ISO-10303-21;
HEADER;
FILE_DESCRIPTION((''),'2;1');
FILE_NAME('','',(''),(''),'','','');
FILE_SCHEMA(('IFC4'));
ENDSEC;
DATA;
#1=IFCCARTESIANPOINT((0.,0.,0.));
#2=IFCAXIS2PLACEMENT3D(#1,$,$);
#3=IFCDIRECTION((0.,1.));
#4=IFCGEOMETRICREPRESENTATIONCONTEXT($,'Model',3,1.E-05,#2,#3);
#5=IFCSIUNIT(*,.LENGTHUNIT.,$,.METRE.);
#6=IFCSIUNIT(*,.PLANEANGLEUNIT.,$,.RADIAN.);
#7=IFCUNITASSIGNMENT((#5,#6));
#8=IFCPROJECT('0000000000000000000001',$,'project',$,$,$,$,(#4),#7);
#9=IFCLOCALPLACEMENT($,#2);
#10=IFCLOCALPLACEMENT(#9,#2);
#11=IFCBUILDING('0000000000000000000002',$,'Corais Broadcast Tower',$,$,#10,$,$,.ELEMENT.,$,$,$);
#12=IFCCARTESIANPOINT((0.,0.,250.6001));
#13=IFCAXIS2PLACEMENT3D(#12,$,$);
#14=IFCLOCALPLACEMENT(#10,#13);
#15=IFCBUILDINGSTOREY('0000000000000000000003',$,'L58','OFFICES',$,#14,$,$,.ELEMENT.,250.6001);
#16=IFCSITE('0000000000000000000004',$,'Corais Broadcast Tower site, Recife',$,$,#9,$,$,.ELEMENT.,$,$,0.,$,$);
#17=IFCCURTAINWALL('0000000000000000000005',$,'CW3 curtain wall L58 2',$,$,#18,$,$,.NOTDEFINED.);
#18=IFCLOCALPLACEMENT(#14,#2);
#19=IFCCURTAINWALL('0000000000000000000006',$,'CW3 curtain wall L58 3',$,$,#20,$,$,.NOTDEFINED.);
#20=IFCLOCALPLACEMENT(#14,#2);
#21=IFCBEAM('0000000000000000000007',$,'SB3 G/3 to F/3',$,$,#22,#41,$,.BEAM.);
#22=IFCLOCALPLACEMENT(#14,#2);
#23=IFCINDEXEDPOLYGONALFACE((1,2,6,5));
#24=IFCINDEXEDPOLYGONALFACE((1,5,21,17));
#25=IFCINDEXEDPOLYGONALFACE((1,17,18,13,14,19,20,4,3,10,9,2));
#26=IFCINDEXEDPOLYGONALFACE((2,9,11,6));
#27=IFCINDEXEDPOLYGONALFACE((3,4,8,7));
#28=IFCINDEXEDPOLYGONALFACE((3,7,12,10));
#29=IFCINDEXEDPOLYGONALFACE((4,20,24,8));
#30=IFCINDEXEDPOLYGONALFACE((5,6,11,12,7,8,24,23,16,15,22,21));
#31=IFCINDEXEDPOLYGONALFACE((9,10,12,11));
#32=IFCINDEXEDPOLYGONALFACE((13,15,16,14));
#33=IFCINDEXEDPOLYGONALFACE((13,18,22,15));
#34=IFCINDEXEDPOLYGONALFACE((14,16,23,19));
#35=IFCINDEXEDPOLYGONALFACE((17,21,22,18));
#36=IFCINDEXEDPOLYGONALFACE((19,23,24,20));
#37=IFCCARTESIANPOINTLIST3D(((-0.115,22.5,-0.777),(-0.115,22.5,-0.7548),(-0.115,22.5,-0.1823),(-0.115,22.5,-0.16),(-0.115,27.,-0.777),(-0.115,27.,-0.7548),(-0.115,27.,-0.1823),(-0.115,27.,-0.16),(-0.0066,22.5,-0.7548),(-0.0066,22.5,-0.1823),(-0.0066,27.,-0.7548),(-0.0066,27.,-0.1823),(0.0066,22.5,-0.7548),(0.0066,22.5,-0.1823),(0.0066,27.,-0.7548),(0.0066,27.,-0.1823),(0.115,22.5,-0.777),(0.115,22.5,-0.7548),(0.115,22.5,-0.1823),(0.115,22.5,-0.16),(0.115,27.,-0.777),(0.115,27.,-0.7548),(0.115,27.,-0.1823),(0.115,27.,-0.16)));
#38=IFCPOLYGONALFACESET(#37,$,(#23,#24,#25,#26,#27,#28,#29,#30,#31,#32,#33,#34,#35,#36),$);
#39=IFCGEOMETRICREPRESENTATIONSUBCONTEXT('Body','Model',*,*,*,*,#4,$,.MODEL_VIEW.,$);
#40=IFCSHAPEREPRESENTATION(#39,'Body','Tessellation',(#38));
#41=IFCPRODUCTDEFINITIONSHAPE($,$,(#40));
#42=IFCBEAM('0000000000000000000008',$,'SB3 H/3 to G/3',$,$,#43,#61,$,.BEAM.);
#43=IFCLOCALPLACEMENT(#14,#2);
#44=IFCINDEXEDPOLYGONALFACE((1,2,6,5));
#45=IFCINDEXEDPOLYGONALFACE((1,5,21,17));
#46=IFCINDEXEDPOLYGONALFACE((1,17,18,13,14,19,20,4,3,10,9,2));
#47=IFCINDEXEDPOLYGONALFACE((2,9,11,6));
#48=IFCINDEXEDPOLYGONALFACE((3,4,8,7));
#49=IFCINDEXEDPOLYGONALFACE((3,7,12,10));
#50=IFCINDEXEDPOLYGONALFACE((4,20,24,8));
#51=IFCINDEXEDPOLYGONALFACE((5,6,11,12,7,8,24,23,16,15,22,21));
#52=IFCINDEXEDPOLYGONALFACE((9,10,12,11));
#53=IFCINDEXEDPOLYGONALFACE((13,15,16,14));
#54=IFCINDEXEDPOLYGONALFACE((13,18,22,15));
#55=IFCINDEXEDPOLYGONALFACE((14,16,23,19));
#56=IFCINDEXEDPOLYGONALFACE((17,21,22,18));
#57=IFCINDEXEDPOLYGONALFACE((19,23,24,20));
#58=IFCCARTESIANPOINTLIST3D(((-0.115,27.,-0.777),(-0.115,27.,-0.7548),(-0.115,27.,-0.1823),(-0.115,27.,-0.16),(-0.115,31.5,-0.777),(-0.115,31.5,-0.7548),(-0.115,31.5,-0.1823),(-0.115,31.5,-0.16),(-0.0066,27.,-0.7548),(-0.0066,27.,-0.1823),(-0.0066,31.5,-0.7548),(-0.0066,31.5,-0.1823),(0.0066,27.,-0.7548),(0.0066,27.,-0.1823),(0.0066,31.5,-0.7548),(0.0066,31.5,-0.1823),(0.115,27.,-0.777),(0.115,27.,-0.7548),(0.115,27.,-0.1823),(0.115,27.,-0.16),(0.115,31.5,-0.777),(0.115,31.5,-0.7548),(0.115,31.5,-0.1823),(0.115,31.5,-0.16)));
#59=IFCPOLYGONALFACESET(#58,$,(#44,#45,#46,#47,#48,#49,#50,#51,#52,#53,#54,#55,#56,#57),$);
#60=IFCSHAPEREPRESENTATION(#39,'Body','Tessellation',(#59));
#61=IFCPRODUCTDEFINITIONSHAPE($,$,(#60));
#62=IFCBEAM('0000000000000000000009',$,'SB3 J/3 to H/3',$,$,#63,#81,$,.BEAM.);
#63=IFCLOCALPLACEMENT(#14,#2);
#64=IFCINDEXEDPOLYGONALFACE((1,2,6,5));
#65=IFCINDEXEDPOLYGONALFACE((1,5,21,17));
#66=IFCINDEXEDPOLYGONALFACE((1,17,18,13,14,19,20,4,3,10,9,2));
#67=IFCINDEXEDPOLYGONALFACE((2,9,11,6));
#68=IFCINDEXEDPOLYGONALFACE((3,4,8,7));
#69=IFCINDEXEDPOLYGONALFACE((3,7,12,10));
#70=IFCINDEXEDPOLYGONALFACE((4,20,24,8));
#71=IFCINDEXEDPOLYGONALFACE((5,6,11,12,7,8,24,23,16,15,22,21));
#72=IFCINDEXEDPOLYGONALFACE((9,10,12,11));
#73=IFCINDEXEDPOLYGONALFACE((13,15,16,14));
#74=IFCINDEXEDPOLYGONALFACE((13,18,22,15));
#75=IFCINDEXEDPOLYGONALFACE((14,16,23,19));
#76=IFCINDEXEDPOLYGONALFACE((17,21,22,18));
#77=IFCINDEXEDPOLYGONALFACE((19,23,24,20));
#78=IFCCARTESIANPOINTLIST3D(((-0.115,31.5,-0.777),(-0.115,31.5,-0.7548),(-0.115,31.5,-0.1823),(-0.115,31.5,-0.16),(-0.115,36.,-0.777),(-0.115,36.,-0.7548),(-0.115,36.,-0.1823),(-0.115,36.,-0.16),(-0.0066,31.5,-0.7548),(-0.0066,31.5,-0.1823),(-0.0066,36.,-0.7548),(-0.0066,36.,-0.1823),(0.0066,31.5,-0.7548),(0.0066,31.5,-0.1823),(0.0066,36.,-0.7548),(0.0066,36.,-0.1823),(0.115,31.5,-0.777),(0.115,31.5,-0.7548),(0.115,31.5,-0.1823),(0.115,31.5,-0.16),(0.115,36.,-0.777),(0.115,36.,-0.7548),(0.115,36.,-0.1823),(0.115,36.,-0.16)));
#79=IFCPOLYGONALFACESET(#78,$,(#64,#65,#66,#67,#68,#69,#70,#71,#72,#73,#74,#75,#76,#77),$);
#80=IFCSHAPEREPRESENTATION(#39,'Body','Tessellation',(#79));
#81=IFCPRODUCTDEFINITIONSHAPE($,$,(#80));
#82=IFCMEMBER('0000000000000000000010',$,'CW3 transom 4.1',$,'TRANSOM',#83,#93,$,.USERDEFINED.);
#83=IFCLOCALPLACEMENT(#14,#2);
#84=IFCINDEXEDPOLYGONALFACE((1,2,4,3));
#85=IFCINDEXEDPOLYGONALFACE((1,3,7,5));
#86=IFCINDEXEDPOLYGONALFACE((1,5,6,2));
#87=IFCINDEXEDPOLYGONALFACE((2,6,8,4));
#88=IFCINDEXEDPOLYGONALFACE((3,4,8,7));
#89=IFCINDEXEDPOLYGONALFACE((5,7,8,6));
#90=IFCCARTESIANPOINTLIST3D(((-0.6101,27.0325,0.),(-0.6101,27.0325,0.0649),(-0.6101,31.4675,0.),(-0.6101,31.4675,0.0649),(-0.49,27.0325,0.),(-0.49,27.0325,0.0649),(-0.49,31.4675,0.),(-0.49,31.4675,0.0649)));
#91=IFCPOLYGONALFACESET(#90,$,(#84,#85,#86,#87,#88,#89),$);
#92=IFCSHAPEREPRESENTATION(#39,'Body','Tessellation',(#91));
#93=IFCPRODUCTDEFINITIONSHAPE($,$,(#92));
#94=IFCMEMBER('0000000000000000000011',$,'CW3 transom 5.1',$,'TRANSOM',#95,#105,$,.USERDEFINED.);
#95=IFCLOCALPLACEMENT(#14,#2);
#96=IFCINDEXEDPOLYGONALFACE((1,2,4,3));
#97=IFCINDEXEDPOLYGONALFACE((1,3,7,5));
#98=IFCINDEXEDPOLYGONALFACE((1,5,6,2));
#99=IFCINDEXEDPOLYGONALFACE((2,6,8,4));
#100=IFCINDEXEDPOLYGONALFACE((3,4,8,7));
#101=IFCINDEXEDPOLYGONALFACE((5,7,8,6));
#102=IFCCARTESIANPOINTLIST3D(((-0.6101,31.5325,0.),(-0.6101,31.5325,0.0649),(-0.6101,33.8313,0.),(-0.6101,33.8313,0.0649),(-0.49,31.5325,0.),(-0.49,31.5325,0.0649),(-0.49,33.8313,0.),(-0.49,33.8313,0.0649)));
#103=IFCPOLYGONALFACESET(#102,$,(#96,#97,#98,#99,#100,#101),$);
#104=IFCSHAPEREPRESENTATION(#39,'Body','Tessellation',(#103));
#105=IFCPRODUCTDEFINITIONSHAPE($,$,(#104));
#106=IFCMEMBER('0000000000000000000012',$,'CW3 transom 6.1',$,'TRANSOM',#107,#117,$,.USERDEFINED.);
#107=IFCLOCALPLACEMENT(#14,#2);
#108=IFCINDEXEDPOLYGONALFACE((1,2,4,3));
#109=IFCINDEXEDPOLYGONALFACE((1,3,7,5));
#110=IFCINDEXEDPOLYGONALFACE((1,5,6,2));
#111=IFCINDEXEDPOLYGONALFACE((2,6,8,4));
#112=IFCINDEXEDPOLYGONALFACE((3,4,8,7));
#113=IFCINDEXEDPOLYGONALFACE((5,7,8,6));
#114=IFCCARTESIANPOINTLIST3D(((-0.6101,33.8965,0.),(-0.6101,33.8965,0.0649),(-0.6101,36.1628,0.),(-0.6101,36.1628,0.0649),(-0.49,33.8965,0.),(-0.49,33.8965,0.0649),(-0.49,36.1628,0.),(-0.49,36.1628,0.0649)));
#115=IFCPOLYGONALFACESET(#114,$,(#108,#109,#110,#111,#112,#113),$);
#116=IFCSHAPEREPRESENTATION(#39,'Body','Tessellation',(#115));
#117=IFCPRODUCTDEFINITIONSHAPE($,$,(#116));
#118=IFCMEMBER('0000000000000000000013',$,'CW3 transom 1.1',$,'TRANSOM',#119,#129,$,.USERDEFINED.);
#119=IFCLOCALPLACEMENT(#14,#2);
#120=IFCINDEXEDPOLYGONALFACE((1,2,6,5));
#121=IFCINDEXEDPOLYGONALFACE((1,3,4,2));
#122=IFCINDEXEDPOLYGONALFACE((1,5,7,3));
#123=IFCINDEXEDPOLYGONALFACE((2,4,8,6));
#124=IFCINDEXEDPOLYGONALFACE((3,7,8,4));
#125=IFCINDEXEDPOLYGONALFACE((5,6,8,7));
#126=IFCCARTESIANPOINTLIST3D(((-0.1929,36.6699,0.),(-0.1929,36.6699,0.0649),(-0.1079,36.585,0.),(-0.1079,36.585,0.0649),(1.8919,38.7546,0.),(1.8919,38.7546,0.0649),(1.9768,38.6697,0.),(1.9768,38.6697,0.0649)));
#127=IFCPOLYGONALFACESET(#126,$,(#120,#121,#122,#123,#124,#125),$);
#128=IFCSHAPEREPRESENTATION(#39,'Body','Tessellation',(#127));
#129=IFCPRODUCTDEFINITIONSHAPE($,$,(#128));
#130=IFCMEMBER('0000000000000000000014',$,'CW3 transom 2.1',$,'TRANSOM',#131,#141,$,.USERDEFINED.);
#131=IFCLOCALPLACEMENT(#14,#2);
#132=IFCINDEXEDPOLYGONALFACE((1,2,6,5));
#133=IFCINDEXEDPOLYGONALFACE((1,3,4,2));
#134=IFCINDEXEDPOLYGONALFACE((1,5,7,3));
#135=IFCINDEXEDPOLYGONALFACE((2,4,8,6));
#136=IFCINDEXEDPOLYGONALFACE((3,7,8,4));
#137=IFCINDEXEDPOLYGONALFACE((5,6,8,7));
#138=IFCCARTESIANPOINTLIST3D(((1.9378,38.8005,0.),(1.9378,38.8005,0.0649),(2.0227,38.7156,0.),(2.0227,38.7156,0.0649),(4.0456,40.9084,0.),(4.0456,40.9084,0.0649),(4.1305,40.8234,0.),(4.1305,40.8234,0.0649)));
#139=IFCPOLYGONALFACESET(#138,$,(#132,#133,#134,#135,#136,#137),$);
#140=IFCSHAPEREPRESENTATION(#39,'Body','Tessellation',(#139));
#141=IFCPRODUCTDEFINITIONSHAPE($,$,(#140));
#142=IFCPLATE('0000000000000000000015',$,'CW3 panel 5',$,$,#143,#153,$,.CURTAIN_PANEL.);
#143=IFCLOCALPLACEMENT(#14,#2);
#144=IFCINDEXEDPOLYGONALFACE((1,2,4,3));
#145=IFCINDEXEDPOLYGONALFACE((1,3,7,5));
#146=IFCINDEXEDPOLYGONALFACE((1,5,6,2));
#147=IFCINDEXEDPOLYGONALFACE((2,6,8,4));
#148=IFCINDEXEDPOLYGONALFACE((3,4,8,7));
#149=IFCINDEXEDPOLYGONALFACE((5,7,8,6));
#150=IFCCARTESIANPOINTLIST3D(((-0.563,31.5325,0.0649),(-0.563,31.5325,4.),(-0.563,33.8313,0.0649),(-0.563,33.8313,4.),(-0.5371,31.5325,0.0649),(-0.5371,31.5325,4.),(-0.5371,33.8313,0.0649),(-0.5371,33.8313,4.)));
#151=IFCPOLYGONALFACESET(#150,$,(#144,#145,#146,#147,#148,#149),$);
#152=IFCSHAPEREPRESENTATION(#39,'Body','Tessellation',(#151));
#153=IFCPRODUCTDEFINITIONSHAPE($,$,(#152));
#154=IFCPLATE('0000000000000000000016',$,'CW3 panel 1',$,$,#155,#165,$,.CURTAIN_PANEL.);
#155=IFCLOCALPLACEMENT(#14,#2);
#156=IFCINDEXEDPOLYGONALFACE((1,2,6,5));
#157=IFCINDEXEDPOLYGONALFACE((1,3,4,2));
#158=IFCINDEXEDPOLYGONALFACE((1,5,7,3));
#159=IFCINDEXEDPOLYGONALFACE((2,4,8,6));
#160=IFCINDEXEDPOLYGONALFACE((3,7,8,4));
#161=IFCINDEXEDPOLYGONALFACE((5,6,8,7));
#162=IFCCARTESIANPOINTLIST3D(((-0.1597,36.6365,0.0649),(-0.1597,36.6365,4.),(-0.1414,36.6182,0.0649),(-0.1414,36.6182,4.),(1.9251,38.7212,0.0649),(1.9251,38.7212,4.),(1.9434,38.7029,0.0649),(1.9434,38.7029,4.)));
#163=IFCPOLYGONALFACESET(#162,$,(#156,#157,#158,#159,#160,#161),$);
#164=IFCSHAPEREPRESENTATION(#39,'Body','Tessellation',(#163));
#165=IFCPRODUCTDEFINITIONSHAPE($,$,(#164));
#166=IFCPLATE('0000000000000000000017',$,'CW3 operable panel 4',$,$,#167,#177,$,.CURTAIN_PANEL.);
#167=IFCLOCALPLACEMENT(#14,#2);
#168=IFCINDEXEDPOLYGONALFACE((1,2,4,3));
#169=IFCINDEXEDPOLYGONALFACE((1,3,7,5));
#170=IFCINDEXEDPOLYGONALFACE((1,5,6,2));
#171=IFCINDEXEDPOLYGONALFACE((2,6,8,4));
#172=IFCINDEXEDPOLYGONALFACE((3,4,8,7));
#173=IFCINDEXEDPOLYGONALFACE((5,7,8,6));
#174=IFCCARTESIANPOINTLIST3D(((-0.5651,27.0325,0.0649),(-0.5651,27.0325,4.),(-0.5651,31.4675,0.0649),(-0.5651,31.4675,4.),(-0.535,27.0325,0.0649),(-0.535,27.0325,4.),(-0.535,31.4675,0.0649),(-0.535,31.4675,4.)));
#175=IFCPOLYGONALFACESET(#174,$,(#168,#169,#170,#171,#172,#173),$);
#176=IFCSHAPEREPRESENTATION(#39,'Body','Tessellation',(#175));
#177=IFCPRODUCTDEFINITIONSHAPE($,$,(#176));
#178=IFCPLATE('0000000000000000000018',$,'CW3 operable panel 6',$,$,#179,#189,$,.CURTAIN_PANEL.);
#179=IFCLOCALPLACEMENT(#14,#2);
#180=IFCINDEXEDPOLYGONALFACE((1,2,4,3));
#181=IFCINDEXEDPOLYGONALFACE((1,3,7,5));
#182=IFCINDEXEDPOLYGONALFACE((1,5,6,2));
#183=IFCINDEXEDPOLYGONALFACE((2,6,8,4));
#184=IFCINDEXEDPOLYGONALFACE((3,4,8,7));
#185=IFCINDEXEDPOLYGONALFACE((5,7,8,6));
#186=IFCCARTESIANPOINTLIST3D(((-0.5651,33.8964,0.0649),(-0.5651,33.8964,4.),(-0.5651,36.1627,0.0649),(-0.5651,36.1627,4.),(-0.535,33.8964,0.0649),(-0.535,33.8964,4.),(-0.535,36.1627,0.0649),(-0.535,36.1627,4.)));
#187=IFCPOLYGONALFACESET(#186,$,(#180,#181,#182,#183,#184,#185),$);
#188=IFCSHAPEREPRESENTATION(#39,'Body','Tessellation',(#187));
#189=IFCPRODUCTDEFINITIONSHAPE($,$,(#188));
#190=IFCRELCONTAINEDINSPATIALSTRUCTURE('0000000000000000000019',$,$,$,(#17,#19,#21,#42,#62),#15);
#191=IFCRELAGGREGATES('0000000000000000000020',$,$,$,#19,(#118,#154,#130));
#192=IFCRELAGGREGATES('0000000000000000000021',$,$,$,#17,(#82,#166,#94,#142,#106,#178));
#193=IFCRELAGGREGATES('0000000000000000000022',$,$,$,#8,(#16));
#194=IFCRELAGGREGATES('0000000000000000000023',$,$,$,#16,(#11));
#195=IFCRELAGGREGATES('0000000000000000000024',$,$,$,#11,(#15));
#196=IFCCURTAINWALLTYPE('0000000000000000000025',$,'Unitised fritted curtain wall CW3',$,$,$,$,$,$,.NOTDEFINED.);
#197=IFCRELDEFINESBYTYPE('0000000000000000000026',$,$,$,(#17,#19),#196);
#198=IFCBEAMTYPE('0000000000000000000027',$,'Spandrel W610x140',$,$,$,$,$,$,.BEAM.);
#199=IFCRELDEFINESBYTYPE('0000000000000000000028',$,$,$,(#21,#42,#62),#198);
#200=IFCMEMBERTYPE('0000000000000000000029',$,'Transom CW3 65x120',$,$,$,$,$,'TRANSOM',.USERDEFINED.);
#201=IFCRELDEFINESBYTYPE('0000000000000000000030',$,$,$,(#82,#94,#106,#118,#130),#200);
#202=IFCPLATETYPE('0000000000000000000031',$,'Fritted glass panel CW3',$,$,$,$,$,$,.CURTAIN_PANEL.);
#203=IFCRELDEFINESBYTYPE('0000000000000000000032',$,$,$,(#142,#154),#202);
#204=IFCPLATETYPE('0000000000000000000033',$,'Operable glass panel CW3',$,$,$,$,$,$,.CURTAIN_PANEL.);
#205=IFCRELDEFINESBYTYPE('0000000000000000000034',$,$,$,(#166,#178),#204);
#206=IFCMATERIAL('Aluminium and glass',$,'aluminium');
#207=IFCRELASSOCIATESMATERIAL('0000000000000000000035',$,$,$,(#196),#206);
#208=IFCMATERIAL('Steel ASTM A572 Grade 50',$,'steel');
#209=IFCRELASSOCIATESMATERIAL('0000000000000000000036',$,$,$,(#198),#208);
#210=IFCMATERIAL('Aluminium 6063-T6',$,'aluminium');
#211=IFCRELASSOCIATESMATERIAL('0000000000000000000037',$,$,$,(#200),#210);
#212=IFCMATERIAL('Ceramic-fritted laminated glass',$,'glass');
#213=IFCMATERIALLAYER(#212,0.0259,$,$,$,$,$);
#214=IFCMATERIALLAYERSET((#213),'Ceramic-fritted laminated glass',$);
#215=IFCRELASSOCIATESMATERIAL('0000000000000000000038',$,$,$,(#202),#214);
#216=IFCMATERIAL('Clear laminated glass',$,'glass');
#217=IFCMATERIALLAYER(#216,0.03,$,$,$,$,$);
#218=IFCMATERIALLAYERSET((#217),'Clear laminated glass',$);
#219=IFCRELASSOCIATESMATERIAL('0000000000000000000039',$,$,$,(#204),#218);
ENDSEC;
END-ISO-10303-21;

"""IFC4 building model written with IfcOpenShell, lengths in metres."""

from ifc_helpers import new_model, si_unit, direction, frame, origin, origin_2d, place, context, subcontext, project, spatial, rectangle, i_section, extrude, material, layer, layer_set, material_profile, profile_set, type_object, element, aggregate, save


model = new_model("IFC4")

# Units and contexts
model_context = context("Model", 3, precision=1e-05, world=origin(), true_north=direction((0.0, 1.0)))
body_context = subcontext(model_context, "Body", "Model", "MODEL_VIEW")
ifc_project = project(units=[si_unit("LENGTHUNIT", "METRE"), si_unit("PLANEANGLEUNIT", "RADIAN")], contexts=[model_context])

# Site, building, storey
site_placement = place(None, origin())
site = spatial("IfcSite", under=ifc_project, at=site_placement, Name="Corais Broadcast Tower site, Recife", CompositionType="ELEMENT", RefElevation=0.0)
building_placement = place(site_placement, origin())
building = spatial("IfcBuilding", under=site, at=building_placement, Name="Corais Broadcast Tower", CompositionType="ELEMENT")
storey_placement = place(building_placement, frame((0.0, 0.0, 250.6001)))
storey = spatial("IfcBuildingStorey", under=building, at=storey_placement, Name="L58", Description="OFFICES", CompositionType="ELEMENT", Elevation=250.6001)

# Curtain walls
ifc_material_1 = material(Name="Aluminium and glass", Category="aluminium")
curtain_wall_type = type_object("IfcCurtainWallType", Name="Unitised fritted curtain wall CW3", PredefinedType="NOTDEFINED", material=ifc_material_1)
curtain_wall_1_placement = place(storey_placement, origin())
curtain_wall_1 = element("IfcCurtainWall", 1, at=curtain_wall_1_placement, inside=storey, type_object=curtain_wall_type, Name="CW3 curtain wall L58 2", PredefinedType="NOTDEFINED")
curtain_wall_2_placement = place(storey_placement, origin())
curtain_wall_2 = element("IfcCurtainWall", 2, at=curtain_wall_2_placement, inside=storey, type_object=curtain_wall_type, Name="CW3 curtain wall L58 3", PredefinedType="NOTDEFINED")

# Beams
ifc_material_2 = material(Name="Steel ASTM A572 Grade 50", Category="steel")
ifc_material_profile_1 = material_profile(ifc_material_2, i_section(OverallWidth=0.23, OverallDepth=0.6169, WebThickness=0.0132, FlangeThickness=0.0222, at=origin_2d()), Name="W610x140")
ifc_profile_set_1 = profile_set([ifc_material_profile_1], Name="Steel ASTM A572 Grade 50")
beam_type_1 = type_object("IfcBeamType", Name="Spandrel W610x140", PredefinedType="BEAM", material=ifc_profile_set_1)
for number, where, z_axis, x_axis, name in (
    (3, (0.0, 27.0, -0.4685), (0.0, -1.0, 0.0), (1.0, 0.0, 0.0), "SB3 G/3 to F/3"),
    (4, (0.0, 31.5, -0.4685), (0.0, -1.0, 0.0), (1.0, 0.0, 0.0), "SB3 H/3 to G/3"),
    (5, (0.0, 36.0, -0.4685), (0.0, -1.0, 0.0), (1.0, 0.0, 0.0), "SB3 J/3 to H/3"),
):
    element("IfcBeam", number, at=place(storey_placement, frame(where, z_axis=z_axis, x_axis=x_axis)), inside=storey, type_object=beam_type_1, Name=name, PredefinedType="BEAM", context=body_context, shape_type="SweptSolid", body=[
        extrude(i_section(OverallWidth=0.23, OverallDepth=0.6169, WebThickness=0.0132, FlangeThickness=0.0222, at=origin_2d()), origin(), (0.0, 0.0, 1.0), 4.5),
    ])

# Members
ifc_material_3 = material(Name="Aluminium 6063-T6", Category="aluminium")
ifc_material_profile_2 = material_profile(ifc_material_3, rectangle(XDim=0.1201, YDim=0.0649, at=origin_2d()), Name="Transom CW3 65x120")
ifc_profile_set_2 = profile_set([ifc_material_profile_2], Name="Aluminium 6063-T6")
member_type_1 = type_object("IfcMemberType", Name="Transom CW3 65x120", ElementType="TRANSOM", PredefinedType="USERDEFINED", material=ifc_profile_set_2)
member_1_placement = place(storey_placement, frame((-0.55, 27.0325, 0.0325), z_axis=(0.0, 1.0, 0.0), x_axis=(-1.0, 0.0, 0.0)))
member_1 = element("IfcMember", 6, at=member_1_placement, type_object=member_type_1, Name="CW3 transom 4.1", ObjectType="TRANSOM", PredefinedType="USERDEFINED", context=body_context, shape_type="SweptSolid", body=[
    extrude(rectangle(XDim=0.1201, YDim=0.0649, at=origin_2d()), origin(), (0.0, 0.0, 1.0), 4.4351),
])
member_2_placement = place(storey_placement, frame((-0.55, 31.5325, 0.0325), z_axis=(0.0, 1.0, 0.0), x_axis=(-1.0, 0.0, 0.0)))
member_2 = element("IfcMember", 7, at=member_2_placement, type_object=member_type_1, Name="CW3 transom 5.1", ObjectType="TRANSOM", PredefinedType="USERDEFINED", context=body_context, shape_type="SweptSolid", body=[
    extrude(rectangle(XDim=0.1201, YDim=0.0649, at=origin_2d()), origin(), (0.0, 0.0, 1.0), 2.2988),
])
member_3_placement = place(storey_placement, frame((-0.55, 33.8965, 0.0325), z_axis=(0.0, 1.0, 0.0), x_axis=(-1.0, 0.0, 0.0)))
member_3 = element("IfcMember", 8, at=member_3_placement, type_object=member_type_1, Name="CW3 transom 6.1", ObjectType="TRANSOM", PredefinedType="USERDEFINED", context=body_context, shape_type="SweptSolid", body=[
    extrude(rectangle(XDim=0.1201, YDim=0.0649, at=origin_2d()), origin(), (0.0, 0.0, 1.0), 2.2664),
])
member_4_placement = place(storey_placement, frame((-0.1504, 36.6274, 0.0325), z_axis=(0.707107, 0.707107, 0.0), x_axis=(-0.707107, 0.707107, 0.0)))
member_4 = element("IfcMember", 9, at=member_4_placement, type_object=member_type_1, Name="CW3 transom 1.1", ObjectType="TRANSOM", PredefinedType="USERDEFINED", context=body_context, shape_type="SweptSolid", body=[
    extrude(rectangle(XDim=0.1201, YDim=0.0649, at=origin_2d()), origin(), (0.0, 0.0, 1.0), 2.9482),
])
member_5_placement = place(storey_placement, frame((1.9802, 38.7581, 0.0325), z_axis=(0.707107, 0.707107, 0.0), x_axis=(-0.707107, 0.707107, 0.0)))
member_5 = element("IfcMember", 10, at=member_5_placement, type_object=member_type_1, Name="CW3 transom 2.1", ObjectType="TRANSOM", PredefinedType="USERDEFINED", context=body_context, shape_type="SweptSolid", body=[
    extrude(rectangle(XDim=0.1201, YDim=0.0649, at=origin_2d()), origin(), (0.0, 0.0, 1.0), 2.981),
])

# Plates
ifc_material_4 = material(Name="Ceramic-fritted laminated glass", Category="glass")
ifc_layer_1 = layer(ifc_material_4, 0.0259)
ifc_layer_set_1 = layer_set([ifc_layer_1], Name="Ceramic-fritted laminated glass")
plate_type_1 = type_object("IfcPlateType", Name="Fritted glass panel CW3", PredefinedType="CURTAIN_PANEL", material=ifc_layer_set_1)
plate_1_placement = place(storey_placement, frame((-0.55, 32.6819, 0.0649), z_axis=(0.0, 0.0, 1.0), x_axis=(0.0, 1.0, 0.0)))
plate_1 = element("IfcPlate", 11, at=plate_1_placement, type_object=plate_type_1, Name="CW3 panel 5", PredefinedType="CURTAIN_PANEL", context=body_context, shape_type="SweptSolid", body=[
    extrude(rectangle(XDim=2.2988, YDim=0.0259, at=origin_2d()), origin(), (0.0, 0.0, 1.0), 3.9351),
])
plate_2_placement = place(storey_placement, frame((0.8918, 37.6697, 0.0649), z_axis=(0.0, 0.0, 1.0), x_axis=(0.707107, 0.707107, 0.0)))
plate_2 = element("IfcPlate", 12, at=plate_2_placement, type_object=plate_type_1, Name="CW3 panel 1", PredefinedType="CURTAIN_PANEL", context=body_context, shape_type="SweptSolid", body=[
    extrude(rectangle(XDim=2.9482, YDim=0.0259, at=origin_2d()), origin(), (0.0, 0.0, 1.0), 3.9351),
])
aggregate(curtain_wall_2, [member_4, plate_2, member_5])
ifc_material_5 = material(Name="Clear laminated glass", Category="glass")
ifc_layer_2 = layer(ifc_material_5, 0.03)
ifc_layer_set_2 = layer_set([ifc_layer_2], Name="Clear laminated glass")
plate_type_2 = type_object("IfcPlateType", Name="Operable glass panel CW3", PredefinedType="CURTAIN_PANEL", material=ifc_layer_set_2)
plate_3_placement = place(storey_placement, frame((-0.55, 29.25, 0.0649), z_axis=(0.0, 0.0, 1.0), x_axis=(0.0, 1.0, 0.0)))
plate_3 = element("IfcPlate", 13, at=plate_3_placement, type_object=plate_type_2, Name="CW3 operable panel 4", PredefinedType="CURTAIN_PANEL", context=body_context, shape_type="SweptSolid", body=[
    extrude(rectangle(XDim=4.4351, YDim=0.03, at=origin_2d()), origin(), (0.0, 0.0, 1.0), 3.9351),
])
plate_4_placement = place(storey_placement, frame((-0.55, 35.0295, 0.0649), z_axis=(0.0, 0.0, 1.0), x_axis=(0.0, 1.0, 0.0)))
plate_4 = element("IfcPlate", 14, at=plate_4_placement, type_object=plate_type_2, Name="CW3 operable panel 6", PredefinedType="CURTAIN_PANEL", context=body_context, shape_type="SweptSolid", body=[
    extrude(rectangle(XDim=2.2664, YDim=0.03, at=origin_2d()), origin(), (0.0, 0.0, 1.0), 3.9351),
])
aggregate(curtain_wall_1, [member_1, plate_3, member_2, plate_1, member_3, plate_4])

save(model, "model.ifc")
